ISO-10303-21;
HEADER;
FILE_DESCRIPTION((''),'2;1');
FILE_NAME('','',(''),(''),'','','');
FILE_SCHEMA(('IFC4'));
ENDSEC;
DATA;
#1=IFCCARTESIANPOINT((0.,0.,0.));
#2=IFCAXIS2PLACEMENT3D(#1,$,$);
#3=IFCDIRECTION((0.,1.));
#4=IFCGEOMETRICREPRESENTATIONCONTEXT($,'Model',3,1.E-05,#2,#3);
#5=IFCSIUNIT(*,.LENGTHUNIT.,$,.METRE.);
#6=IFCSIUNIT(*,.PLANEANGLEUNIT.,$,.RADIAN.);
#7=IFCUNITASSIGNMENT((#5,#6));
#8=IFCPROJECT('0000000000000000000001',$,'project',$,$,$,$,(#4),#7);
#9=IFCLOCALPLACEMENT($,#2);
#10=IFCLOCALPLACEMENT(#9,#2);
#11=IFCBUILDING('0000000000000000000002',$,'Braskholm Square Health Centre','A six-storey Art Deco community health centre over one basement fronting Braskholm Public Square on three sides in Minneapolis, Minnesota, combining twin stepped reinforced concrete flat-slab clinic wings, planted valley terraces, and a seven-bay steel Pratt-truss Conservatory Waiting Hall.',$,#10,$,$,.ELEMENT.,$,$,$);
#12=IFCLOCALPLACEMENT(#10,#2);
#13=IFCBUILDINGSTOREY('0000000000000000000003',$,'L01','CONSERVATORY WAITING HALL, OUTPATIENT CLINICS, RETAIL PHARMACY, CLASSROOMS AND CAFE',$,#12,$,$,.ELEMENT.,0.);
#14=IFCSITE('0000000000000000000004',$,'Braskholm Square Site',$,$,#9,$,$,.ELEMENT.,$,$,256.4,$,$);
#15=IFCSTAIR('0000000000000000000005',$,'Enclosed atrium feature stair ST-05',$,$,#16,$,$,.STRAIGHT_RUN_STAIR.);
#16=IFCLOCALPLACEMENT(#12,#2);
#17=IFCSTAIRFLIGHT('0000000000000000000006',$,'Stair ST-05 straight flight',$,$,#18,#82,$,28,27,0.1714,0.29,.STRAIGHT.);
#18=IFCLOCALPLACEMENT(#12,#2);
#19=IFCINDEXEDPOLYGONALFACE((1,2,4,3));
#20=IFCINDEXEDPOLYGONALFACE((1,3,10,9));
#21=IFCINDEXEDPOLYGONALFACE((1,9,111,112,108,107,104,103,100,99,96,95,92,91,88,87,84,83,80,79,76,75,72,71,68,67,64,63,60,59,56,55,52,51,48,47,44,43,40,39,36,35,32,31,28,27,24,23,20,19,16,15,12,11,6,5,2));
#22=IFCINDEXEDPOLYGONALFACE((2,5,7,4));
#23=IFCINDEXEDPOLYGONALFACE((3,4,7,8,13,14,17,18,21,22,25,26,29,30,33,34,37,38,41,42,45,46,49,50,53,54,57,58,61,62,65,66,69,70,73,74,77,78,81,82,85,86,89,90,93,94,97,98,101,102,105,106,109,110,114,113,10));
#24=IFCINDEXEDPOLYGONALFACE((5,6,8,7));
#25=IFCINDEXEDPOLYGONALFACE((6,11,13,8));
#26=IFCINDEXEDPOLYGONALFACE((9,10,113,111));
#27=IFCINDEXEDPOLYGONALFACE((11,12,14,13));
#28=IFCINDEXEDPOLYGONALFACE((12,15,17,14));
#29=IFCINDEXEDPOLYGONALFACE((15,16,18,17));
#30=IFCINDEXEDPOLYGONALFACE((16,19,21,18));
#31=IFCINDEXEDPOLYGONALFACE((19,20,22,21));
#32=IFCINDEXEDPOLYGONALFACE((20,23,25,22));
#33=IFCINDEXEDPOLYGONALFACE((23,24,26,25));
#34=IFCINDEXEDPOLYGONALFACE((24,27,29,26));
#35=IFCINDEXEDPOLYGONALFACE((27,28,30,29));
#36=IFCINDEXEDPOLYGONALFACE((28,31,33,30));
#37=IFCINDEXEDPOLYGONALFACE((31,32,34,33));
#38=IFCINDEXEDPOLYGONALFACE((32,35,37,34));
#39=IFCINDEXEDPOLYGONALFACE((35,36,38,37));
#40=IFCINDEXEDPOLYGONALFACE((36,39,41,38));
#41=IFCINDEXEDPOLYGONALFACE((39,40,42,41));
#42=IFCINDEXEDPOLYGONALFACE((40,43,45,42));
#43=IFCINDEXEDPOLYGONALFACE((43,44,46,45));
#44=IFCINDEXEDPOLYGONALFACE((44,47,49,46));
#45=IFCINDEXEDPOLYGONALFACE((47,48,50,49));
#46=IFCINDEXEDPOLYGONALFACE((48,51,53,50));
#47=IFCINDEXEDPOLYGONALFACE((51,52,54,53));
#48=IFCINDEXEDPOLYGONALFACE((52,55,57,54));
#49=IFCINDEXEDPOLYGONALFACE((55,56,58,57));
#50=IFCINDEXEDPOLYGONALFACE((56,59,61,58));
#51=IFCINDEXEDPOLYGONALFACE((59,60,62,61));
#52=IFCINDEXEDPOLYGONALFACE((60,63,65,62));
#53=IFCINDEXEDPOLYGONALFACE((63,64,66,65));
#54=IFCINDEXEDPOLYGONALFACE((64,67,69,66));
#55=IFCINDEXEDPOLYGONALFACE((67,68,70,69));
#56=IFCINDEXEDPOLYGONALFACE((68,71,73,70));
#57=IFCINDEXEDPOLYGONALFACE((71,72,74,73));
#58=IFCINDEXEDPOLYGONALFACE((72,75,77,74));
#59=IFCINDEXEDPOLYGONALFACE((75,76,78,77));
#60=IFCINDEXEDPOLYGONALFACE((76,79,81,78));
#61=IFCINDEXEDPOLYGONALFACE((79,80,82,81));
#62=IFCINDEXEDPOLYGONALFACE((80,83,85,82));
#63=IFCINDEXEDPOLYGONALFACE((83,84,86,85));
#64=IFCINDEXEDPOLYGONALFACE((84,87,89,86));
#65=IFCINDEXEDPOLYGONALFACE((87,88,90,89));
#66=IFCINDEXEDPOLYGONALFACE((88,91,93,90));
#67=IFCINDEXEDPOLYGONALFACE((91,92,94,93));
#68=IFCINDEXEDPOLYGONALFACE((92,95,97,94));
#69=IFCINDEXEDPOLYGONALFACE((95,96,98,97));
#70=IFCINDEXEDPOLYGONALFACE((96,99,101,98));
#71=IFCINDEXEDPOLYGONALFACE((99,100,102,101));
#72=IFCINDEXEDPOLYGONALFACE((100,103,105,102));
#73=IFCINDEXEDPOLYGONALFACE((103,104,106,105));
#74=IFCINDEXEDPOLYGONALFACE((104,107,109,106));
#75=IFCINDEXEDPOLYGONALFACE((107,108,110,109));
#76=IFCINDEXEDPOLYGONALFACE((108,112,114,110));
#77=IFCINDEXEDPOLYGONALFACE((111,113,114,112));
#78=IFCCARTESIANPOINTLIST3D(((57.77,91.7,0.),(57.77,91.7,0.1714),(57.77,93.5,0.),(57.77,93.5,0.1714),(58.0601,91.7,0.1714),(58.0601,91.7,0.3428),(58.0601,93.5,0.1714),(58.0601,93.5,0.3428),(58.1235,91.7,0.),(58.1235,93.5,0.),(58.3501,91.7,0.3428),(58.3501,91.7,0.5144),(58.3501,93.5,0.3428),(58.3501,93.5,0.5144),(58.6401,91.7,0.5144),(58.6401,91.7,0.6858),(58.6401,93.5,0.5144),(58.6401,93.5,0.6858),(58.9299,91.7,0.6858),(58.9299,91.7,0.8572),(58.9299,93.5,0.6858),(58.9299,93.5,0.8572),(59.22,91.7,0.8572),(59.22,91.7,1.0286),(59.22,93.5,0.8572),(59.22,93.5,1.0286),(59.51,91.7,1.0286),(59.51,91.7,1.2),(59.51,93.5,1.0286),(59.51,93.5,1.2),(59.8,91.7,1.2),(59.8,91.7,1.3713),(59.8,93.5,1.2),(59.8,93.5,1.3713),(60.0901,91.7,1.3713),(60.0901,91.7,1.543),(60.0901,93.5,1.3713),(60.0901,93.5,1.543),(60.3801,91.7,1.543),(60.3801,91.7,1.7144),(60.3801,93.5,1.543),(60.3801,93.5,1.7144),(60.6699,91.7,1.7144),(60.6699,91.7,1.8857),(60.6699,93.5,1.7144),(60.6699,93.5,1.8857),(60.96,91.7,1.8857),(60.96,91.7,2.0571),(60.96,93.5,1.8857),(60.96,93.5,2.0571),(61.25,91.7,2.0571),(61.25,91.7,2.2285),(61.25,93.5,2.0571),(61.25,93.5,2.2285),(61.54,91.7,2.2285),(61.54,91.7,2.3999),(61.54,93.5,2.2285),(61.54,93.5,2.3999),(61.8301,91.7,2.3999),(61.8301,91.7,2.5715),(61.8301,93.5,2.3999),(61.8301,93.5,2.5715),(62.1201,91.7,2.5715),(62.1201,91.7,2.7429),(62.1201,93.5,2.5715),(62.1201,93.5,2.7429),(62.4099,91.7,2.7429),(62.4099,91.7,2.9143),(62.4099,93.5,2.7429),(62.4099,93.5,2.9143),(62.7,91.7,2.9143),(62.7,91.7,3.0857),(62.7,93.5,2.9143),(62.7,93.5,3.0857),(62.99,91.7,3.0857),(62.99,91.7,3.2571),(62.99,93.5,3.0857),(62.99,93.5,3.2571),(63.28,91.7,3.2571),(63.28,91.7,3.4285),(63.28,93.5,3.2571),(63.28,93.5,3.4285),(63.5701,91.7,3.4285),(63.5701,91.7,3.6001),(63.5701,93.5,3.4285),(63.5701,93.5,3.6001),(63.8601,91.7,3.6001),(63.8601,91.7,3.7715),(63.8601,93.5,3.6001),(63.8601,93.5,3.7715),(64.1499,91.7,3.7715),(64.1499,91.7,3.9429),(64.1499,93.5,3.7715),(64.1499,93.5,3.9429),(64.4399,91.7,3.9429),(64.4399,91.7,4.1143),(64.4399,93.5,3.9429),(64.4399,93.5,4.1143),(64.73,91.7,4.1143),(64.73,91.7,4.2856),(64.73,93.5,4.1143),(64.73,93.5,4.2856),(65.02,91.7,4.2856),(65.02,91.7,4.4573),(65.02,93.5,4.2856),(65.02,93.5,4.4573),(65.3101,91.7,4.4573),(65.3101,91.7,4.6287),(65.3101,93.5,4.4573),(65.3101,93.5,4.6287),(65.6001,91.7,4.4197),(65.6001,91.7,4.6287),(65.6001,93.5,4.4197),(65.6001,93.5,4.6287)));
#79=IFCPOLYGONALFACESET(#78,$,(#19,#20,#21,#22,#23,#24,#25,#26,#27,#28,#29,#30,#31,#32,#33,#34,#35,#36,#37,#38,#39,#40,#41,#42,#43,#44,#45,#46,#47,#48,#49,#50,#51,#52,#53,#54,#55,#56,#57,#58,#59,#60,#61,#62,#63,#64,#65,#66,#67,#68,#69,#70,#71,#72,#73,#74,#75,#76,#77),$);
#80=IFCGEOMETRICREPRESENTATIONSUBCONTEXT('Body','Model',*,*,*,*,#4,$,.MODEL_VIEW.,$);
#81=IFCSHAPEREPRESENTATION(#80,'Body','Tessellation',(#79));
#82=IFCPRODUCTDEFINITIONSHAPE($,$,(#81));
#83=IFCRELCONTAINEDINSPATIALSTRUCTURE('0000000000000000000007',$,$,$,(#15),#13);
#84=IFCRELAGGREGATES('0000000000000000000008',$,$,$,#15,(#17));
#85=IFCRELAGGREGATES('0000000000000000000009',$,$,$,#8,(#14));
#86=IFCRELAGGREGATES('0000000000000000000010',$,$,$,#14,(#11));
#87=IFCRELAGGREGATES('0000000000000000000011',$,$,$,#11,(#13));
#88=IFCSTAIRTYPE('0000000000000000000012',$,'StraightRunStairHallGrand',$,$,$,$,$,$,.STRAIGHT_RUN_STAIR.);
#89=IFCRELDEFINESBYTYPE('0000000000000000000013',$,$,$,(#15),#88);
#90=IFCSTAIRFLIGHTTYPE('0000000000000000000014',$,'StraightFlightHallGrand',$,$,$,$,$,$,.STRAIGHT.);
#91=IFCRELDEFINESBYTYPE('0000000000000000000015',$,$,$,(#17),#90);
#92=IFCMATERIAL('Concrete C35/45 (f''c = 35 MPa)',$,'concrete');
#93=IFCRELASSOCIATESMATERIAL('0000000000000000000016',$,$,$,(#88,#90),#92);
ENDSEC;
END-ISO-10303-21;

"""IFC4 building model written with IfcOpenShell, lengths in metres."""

from ifc_helpers import new_model, si_unit, direction, frame, origin, place, context, subcontext, project, spatial, polyline, outline, extrude, material, type_object, element, aggregate, save


model = new_model("IFC4")

# Units and contexts
model_context = context("Model", 3, precision=1e-05, world=origin(), true_north=direction((0.0, 1.0)))
body_context = subcontext(model_context, "Body", "Model", "MODEL_VIEW")
ifc_project = project(units=[si_unit("LENGTHUNIT", "METRE"), si_unit("PLANEANGLEUNIT", "RADIAN")], contexts=[model_context])

# Site, building, storey
site_placement = place(None, origin())
site = spatial("IfcSite", under=ifc_project, at=site_placement, Name="Braskholm Square Site", CompositionType="ELEMENT", RefElevation=256.4)
building_placement = place(site_placement, origin())
building = spatial("IfcBuilding", under=site, at=building_placement, Name="Braskholm Square Health Centre", Description="A six-storey Art Deco community health centre over one basement fronting Braskholm Public Square on three sides in Minneapolis, Minnesota, combining twin stepped reinforced concrete flat-slab clinic wings, planted valley terraces, and a seven-bay steel Pratt-truss Conservatory Waiting Hall.", CompositionType="ELEMENT")
storey_placement = place(building_placement, origin())
storey = spatial("IfcBuildingStorey", under=building, at=storey_placement, Name="L01", Description="CONSERVATORY WAITING HALL, OUTPATIENT CLINICS, RETAIL PHARMACY, CLASSROOMS AND CAFE", CompositionType="ELEMENT", Elevation=0.0)

# Shared definitions
ifc_material_1 = material(Name="Concrete C35/45 (f'c = 35 MPa)", Category="concrete")

# Stair, stair flight
stair_type = type_object("IfcStairType", Name="StraightRunStairHallGrand", PredefinedType="STRAIGHT_RUN_STAIR", material=ifc_material_1)
stair_placement = place(storey_placement, origin())
stair = element("IfcStair", 1, at=stair_placement, inside=storey, type_object=stair_type, Name="Enclosed atrium feature stair ST-05", PredefinedType="STRAIGHT_RUN_STAIR")
stair_flight_type = type_object("IfcStairFlightType", Name="StraightFlightHallGrand", PredefinedType="STRAIGHT", material=ifc_material_1)
stair_flight_placement = place(storey_placement, frame((57.77, 92.6001, 0.0), z_axis=(0.0, 0.0, 1.0), x_axis=(1.0, 0.0, 0.0)))
stair_flight = element("IfcStairFlight", 2, at=stair_flight_placement, type_object=stair_flight_type, Name="Stair ST-05 straight flight", NumberOfRisers=28, NumberOfTreads=27, PredefinedType="STRAIGHT", RiserHeight=0.1714, TreadLength=0.29, context=body_context, shape_type="SweptSolid", body=[
    extrude(outline(polyline([(0.0, 0.0), (0.0, 0.1714), (0.29, 0.1714), (0.29, 0.3428), (0.5801, 0.3428), (0.5801, 0.5144), (0.8701, 0.5144), (0.8701, 0.6858), (1.1599, 0.6858), (1.1599, 0.8572), (1.45, 0.8572), (1.45, 1.0286), (1.74, 1.0286), (1.74, 1.2), (2.03, 1.2), (2.03, 1.3713), (2.3201, 1.3713), (2.3201, 1.543), (2.6101, 1.543), (2.6101, 1.7144), (2.8999, 1.7144), (2.8999, 1.8857), (3.1899, 1.8857), (3.1899, 2.0571), (3.48, 2.0571), (3.48, 2.2285), (3.77, 2.2285), (3.77, 2.3999), (4.0601, 2.3999), (4.0601, 2.5715), (4.3501, 2.5715), (4.3501, 2.7429), (4.6399, 2.7429), (4.6399, 2.9143), (4.9299, 2.9143), (4.9299, 3.0857), (5.22, 3.0857), (5.22, 3.2571), (5.51, 3.2571), (5.51, 3.4285), (5.8, 3.4285), (5.8, 3.6001), (6.0901, 3.6001), (6.0901, 3.7715), (6.3799, 3.7715), (6.3799, 3.9429), (6.6699, 3.9429), (6.6699, 4.1143), (6.96, 4.1143), (6.96, 4.2856), (7.25, 4.2856), (7.25, 4.4573), (7.54, 4.4573), (7.54, 4.6287), (7.8301, 4.6287), (7.8301, 4.8), (7.8301, 4.4197), (0.3535, 0.0), (0.0, 0.0)])), frame((0.0, 0.8999, 0.0), z_axis=(0.0, -1.0, 0.0), x_axis=(1.0, 0.0, 0.0)), (0.0, 0.0, 1.0), 1.8),
])
aggregate(stair, [stair_flight])

save(model, "model.ifc")
